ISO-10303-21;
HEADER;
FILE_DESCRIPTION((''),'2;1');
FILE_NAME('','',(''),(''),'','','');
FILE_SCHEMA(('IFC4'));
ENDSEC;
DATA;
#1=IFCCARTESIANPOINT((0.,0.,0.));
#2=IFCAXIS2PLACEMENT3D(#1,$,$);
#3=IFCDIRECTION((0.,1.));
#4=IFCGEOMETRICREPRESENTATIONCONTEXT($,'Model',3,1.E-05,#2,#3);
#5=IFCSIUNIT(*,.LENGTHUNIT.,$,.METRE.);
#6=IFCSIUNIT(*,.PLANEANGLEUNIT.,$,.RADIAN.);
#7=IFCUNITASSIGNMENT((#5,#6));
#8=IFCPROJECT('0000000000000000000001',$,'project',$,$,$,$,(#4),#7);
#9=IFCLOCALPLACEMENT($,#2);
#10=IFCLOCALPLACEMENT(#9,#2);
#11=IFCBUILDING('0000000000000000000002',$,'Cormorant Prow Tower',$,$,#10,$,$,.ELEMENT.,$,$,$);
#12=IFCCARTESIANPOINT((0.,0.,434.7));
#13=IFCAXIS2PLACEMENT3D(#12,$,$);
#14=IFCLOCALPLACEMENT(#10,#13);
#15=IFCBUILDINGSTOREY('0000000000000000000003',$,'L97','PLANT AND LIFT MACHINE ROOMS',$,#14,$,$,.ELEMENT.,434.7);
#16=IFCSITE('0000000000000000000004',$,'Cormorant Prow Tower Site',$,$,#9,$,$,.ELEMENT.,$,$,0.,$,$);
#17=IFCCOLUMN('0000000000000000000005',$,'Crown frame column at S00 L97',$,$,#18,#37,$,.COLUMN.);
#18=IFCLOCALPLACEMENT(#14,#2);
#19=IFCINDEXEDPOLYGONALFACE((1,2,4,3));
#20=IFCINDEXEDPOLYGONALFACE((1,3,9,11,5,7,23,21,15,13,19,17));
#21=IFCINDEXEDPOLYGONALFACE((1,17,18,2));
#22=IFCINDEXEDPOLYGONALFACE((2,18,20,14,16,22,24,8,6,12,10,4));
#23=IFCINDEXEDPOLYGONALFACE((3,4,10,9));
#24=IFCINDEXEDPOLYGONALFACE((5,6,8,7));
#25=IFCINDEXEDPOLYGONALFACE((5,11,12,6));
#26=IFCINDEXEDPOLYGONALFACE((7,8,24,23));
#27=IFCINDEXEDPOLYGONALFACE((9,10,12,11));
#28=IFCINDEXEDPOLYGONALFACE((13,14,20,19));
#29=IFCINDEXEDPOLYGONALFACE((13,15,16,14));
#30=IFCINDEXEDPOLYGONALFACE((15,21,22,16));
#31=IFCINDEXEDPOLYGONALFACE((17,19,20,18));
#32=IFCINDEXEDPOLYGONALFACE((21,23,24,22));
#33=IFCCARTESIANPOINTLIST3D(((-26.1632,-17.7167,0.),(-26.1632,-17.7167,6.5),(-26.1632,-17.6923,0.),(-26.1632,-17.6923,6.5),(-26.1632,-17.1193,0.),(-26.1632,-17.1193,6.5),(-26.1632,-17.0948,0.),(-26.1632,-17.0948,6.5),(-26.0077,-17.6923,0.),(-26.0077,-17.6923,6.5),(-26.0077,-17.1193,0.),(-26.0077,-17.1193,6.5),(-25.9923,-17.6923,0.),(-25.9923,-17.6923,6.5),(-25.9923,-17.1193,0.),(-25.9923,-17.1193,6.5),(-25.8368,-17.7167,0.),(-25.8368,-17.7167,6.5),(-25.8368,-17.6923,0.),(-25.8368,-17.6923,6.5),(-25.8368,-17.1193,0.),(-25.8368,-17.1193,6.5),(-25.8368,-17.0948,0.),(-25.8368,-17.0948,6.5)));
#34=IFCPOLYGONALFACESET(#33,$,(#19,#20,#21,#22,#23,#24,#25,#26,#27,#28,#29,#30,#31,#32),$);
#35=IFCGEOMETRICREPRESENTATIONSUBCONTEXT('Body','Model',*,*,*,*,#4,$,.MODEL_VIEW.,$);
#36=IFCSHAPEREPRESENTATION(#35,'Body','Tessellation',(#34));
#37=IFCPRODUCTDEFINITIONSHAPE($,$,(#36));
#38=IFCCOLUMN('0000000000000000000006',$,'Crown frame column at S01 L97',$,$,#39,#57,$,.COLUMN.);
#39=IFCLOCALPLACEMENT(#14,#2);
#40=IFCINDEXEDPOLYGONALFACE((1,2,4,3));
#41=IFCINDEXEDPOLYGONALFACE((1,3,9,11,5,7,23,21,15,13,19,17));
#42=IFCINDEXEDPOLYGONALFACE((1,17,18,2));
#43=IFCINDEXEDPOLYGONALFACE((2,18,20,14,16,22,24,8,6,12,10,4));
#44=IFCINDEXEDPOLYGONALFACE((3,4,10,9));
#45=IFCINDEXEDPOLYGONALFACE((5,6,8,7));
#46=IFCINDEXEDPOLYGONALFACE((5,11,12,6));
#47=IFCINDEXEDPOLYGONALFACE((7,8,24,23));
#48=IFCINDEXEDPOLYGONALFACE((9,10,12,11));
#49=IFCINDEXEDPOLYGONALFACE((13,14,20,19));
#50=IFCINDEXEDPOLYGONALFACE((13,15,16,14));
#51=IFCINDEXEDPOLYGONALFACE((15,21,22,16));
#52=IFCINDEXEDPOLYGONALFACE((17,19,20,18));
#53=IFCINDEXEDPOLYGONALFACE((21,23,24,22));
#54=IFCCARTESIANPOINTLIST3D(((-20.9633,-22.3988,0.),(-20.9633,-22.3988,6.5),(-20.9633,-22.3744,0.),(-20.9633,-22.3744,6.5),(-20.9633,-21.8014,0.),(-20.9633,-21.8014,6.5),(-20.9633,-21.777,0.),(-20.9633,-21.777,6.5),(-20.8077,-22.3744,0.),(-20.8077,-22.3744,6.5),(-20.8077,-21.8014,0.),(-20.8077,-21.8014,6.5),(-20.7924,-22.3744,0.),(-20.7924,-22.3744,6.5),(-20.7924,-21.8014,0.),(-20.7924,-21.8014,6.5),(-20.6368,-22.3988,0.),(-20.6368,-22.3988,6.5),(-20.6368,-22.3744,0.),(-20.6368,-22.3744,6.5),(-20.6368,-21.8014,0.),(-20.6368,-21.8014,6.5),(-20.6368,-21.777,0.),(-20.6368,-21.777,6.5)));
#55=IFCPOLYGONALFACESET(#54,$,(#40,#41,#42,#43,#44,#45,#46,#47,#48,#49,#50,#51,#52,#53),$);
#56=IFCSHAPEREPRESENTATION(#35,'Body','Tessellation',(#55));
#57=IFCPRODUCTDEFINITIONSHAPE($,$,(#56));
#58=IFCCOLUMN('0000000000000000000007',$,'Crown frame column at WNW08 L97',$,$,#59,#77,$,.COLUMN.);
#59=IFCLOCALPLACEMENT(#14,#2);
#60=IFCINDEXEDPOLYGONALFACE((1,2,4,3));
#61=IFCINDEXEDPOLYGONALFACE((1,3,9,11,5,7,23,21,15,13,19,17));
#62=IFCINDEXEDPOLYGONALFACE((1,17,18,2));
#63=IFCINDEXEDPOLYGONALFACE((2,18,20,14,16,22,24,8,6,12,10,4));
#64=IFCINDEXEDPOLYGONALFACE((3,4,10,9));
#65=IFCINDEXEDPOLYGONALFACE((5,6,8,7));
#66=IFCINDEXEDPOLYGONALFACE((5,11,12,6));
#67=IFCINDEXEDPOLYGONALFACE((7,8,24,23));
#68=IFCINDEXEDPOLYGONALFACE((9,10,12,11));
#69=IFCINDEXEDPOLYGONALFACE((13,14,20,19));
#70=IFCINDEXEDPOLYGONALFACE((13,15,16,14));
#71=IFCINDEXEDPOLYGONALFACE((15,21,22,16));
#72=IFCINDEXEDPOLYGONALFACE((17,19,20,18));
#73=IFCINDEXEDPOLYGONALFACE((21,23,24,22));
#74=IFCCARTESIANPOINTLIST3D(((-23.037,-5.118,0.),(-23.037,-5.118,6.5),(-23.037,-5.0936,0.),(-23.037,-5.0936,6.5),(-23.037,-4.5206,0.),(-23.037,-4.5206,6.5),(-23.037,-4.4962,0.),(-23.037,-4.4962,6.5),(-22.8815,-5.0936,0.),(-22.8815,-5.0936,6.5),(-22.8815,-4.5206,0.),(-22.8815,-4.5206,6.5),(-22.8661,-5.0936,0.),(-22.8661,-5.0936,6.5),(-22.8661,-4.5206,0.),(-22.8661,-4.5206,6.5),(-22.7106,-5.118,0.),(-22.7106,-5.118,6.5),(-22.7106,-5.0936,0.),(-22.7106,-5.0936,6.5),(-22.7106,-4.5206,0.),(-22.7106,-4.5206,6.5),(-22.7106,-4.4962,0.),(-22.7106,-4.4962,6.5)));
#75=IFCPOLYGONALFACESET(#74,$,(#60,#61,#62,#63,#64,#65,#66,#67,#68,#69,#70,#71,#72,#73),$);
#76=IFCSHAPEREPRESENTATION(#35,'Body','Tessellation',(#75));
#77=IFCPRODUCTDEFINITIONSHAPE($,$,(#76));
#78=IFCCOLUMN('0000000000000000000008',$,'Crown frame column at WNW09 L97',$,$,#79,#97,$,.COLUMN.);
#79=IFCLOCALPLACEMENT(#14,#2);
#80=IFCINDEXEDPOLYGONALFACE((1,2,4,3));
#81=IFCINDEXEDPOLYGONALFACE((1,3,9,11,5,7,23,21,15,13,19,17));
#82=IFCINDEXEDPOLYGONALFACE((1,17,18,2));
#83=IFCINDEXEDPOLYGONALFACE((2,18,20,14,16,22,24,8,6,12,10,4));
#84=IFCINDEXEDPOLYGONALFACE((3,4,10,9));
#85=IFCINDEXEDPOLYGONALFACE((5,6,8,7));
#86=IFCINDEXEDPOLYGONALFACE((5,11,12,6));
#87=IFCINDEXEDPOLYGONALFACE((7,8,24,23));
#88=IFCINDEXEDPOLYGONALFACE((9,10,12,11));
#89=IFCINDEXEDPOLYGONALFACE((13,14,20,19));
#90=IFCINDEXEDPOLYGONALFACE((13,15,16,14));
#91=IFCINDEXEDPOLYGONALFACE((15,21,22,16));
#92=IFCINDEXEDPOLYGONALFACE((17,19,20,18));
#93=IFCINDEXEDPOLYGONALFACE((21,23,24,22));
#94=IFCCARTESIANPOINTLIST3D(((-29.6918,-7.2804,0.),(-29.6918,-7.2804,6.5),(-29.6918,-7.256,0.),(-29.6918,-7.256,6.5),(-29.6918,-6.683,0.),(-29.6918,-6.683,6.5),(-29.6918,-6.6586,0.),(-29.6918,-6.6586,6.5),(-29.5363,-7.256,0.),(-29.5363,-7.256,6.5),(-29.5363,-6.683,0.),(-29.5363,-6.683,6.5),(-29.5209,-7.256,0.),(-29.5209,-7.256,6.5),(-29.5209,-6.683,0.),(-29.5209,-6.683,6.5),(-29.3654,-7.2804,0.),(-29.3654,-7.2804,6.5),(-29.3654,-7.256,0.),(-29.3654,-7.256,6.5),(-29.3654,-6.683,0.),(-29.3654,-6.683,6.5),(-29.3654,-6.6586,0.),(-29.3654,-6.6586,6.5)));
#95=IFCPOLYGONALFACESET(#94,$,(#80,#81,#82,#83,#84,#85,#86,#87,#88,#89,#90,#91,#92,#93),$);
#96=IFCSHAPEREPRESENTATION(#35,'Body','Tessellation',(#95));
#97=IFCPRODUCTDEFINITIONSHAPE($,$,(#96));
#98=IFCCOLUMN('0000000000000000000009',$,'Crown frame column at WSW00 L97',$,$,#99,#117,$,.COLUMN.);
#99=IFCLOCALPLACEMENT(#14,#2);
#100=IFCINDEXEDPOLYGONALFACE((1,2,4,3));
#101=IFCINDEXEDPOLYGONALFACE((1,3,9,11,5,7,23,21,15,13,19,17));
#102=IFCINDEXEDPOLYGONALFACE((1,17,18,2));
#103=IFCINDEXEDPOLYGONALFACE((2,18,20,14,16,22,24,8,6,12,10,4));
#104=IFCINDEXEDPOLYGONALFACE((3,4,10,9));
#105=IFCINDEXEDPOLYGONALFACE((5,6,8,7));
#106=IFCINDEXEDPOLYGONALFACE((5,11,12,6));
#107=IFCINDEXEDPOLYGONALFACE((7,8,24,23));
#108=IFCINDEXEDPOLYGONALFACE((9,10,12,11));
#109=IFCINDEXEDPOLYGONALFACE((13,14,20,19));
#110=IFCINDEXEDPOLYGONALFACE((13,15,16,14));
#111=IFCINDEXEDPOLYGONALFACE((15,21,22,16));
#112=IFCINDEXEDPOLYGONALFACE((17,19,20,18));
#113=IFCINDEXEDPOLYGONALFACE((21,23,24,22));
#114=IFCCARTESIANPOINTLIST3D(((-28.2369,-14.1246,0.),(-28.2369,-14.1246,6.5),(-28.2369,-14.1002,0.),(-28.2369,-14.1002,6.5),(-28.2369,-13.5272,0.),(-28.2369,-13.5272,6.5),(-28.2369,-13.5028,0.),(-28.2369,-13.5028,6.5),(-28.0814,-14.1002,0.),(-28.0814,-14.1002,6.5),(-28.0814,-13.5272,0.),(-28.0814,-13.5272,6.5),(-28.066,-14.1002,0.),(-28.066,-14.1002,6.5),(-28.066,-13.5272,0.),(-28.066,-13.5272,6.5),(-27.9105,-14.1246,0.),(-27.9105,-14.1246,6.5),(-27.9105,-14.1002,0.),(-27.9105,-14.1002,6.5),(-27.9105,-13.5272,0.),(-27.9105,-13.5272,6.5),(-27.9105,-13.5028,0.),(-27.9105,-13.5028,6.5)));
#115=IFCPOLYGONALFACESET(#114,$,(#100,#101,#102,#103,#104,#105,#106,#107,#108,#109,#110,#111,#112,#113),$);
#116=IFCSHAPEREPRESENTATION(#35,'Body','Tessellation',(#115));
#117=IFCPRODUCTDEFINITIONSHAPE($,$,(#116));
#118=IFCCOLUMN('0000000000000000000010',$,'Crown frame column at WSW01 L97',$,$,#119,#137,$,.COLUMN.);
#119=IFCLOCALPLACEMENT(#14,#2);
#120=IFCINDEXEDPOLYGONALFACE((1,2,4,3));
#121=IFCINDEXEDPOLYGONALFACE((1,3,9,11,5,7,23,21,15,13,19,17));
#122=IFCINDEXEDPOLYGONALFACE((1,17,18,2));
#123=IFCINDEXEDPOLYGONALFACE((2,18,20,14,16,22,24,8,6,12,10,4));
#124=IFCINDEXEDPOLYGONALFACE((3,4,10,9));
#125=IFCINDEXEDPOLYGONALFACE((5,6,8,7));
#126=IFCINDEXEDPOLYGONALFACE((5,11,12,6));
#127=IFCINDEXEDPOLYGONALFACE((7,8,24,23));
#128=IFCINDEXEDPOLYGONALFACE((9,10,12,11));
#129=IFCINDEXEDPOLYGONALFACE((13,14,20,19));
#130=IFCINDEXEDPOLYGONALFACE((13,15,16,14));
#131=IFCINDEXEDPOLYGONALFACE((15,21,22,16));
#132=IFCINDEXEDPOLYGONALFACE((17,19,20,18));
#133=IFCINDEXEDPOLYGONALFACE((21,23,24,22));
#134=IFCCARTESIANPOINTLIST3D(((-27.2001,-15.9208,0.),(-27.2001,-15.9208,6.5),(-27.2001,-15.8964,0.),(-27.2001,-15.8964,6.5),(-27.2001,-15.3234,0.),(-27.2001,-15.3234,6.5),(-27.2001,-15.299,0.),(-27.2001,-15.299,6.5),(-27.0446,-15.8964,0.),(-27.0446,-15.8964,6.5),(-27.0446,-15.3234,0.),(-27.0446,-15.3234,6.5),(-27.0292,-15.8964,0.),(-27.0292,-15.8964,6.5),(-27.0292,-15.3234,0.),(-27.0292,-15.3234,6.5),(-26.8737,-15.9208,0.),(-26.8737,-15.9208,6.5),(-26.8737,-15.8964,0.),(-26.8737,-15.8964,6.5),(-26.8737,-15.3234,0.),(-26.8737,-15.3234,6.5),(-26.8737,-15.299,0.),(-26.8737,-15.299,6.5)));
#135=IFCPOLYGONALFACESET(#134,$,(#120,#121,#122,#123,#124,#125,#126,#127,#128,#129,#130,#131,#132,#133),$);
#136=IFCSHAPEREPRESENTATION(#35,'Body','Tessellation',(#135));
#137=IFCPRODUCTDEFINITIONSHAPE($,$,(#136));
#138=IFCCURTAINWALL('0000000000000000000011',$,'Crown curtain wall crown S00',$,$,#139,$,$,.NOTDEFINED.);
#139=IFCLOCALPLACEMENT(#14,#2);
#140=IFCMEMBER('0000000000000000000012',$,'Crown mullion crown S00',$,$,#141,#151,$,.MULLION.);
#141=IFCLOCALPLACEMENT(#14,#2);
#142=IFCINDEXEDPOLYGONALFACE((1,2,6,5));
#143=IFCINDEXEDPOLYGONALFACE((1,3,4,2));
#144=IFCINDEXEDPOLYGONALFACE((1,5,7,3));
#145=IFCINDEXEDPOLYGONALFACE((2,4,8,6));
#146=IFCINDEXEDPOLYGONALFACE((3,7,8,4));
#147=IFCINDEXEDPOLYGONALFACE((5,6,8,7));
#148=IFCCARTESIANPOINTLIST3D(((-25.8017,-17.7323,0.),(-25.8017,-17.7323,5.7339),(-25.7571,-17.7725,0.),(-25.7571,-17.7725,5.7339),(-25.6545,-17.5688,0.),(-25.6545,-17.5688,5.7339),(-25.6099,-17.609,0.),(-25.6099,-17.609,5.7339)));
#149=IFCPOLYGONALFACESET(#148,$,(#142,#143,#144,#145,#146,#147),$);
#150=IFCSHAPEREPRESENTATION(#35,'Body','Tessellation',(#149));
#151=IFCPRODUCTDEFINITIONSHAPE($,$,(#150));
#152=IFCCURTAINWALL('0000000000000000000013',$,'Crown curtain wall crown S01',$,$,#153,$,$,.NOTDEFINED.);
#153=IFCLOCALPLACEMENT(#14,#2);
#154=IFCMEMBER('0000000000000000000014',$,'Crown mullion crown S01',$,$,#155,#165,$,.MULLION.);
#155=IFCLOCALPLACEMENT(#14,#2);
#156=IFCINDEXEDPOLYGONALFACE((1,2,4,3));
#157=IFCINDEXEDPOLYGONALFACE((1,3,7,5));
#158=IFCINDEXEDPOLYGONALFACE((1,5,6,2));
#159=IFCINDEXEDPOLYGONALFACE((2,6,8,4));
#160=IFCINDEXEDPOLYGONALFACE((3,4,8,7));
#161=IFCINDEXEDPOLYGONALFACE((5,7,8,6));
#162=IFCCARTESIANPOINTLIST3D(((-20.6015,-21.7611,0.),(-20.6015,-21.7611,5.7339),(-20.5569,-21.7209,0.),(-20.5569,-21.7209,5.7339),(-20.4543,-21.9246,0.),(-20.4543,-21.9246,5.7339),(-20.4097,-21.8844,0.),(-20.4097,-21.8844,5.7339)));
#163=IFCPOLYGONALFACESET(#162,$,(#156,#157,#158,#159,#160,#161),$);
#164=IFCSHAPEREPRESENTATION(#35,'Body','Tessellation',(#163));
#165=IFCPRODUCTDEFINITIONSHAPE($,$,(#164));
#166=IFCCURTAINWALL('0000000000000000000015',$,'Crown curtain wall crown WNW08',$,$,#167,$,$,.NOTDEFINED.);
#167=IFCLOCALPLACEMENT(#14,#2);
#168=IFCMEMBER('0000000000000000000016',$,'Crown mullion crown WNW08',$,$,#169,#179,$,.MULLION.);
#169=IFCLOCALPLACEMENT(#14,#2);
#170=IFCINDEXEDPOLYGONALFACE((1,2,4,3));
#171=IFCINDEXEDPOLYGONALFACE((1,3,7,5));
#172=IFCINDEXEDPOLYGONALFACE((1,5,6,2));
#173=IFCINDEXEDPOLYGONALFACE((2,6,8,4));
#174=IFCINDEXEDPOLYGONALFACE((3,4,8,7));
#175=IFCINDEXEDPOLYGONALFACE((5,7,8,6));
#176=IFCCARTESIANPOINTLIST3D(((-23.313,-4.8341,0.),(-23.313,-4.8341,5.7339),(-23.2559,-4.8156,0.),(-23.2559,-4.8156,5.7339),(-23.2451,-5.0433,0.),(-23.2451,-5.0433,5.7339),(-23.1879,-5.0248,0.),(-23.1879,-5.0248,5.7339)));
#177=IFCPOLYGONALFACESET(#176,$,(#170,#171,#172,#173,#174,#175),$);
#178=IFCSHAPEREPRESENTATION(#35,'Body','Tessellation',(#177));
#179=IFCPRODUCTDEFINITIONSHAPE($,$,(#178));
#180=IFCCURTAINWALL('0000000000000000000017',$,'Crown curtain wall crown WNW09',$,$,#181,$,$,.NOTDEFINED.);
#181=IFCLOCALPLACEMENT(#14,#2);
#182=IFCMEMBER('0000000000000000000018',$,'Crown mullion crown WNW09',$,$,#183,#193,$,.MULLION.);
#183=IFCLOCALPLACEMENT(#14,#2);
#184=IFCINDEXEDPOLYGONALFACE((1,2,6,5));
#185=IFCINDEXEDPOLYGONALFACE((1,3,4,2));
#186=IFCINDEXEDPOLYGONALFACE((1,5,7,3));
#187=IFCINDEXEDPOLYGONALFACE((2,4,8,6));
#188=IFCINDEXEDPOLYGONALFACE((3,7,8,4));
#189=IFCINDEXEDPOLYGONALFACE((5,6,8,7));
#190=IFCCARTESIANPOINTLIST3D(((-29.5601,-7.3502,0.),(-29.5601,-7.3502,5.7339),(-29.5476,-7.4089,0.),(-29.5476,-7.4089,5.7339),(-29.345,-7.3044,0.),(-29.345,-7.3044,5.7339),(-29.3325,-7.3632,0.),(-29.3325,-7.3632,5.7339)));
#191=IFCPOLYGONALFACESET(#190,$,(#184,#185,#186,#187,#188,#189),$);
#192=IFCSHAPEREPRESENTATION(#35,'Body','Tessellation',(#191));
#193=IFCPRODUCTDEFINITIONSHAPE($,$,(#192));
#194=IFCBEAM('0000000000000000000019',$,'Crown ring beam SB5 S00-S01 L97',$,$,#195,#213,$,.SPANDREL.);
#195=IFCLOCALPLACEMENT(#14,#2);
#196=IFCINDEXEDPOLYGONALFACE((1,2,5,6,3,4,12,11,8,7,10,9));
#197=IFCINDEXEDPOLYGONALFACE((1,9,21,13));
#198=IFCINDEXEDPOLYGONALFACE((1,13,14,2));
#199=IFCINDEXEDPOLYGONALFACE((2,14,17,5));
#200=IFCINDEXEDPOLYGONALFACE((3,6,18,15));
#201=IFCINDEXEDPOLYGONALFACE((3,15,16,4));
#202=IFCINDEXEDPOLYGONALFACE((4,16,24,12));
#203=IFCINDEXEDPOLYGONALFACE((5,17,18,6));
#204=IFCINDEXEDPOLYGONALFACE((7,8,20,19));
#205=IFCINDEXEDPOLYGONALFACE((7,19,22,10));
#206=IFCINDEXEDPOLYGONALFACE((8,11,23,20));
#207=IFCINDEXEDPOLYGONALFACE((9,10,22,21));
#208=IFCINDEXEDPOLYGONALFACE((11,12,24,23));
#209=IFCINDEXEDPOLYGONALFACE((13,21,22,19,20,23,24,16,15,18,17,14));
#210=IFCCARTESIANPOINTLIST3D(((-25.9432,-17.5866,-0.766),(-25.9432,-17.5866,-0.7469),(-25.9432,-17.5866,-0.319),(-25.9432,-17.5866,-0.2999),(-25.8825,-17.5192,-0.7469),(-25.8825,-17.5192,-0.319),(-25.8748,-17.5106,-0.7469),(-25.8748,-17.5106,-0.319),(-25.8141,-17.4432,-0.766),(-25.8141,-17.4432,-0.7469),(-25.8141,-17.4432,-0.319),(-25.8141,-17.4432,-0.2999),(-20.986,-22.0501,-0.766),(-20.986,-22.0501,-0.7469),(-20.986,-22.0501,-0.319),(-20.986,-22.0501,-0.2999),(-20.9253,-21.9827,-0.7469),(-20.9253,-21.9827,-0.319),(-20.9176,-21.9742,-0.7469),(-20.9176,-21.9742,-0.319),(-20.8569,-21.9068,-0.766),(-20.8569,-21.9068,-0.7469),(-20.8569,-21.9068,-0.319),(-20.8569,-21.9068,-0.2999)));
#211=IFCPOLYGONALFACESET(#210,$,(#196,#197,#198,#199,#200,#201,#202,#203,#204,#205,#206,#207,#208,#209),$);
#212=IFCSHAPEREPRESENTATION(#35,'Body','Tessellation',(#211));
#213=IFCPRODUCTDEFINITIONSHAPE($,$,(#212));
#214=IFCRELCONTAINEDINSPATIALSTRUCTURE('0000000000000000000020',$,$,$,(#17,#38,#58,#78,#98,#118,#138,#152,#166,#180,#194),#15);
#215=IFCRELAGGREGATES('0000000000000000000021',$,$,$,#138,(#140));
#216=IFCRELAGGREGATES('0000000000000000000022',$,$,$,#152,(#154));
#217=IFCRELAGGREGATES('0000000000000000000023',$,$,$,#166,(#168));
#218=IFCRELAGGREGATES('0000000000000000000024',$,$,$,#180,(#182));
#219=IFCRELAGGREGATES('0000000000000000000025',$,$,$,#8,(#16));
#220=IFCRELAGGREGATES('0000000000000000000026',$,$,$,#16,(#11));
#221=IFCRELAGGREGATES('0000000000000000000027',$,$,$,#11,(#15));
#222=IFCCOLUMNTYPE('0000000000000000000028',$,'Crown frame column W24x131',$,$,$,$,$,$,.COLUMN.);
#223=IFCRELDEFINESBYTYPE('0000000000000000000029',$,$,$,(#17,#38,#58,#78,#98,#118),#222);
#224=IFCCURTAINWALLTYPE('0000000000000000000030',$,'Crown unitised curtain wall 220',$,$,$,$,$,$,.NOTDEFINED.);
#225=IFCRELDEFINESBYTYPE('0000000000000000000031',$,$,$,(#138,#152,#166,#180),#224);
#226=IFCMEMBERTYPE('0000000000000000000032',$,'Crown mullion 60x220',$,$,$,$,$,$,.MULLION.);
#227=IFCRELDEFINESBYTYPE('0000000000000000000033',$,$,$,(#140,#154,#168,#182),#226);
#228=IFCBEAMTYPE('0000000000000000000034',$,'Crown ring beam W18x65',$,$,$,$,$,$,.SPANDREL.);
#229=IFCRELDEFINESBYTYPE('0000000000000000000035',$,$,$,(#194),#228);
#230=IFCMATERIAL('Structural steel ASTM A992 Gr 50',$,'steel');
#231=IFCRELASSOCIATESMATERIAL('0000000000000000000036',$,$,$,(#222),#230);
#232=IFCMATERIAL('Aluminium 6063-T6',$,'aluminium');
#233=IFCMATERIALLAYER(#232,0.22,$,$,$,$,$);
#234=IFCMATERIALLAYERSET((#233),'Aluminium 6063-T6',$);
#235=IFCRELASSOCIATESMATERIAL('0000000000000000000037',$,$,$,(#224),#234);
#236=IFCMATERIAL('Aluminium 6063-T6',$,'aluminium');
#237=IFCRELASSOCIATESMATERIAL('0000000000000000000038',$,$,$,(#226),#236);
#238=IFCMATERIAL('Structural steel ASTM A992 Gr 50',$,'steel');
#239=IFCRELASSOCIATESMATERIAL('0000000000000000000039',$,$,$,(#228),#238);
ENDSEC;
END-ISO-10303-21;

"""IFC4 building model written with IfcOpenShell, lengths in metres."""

from ifc_helpers import new_model, si_unit, direction, frame, origin, origin_2d, place, context, subcontext, project, spatial, rectangle, i_section, extrude, material, layer, layer_set, material_profile, profile_set, type_object, element, aggregate, save


model = new_model("IFC4")

# Units and contexts
model_context = context("Model", 3, precision=1e-05, world=origin(), true_north=direction((0.0, 1.0)))
body_context = subcontext(model_context, "Body", "Model", "MODEL_VIEW")
ifc_project = project(units=[si_unit("LENGTHUNIT", "METRE"), si_unit("PLANEANGLEUNIT", "RADIAN")], contexts=[model_context])

# Site, building, storey
site_placement = place(None, origin())
site = spatial("IfcSite", under=ifc_project, at=site_placement, Name="Cormorant Prow Tower Site", CompositionType="ELEMENT", RefElevation=0.0)
building_placement = place(site_placement, origin())
building = spatial("IfcBuilding", under=site, at=building_placement, Name="Cormorant Prow Tower", CompositionType="ELEMENT")
storey_placement = place(building_placement, frame((0.0, 0.0, 434.7)))
storey = spatial("IfcBuildingStorey", under=building, at=storey_placement, Name="L97", Description="PLANT AND LIFT MACHINE ROOMS", CompositionType="ELEMENT", Elevation=434.7)

# Columns
ifc_material_1 = material(Name="Structural steel ASTM A992 Gr 50", Category="steel")
ifc_material_profile_1 = material_profile(ifc_material_1, i_section(OverallWidth=0.3264, OverallDepth=0.6218, WebThickness=0.0154, FlangeThickness=0.0244, at=origin_2d()), Name="W24x131")
ifc_profile_set_1 = profile_set([ifc_material_profile_1], Name="Structural steel ASTM A992 Gr 50")
column_type = type_object("IfcColumnType", Name="Crown frame column W24x131", PredefinedType="COLUMN", material=ifc_profile_set_1)
for number, where, z_axis, x_axis, name in (
    (1, (-26.0, -17.4058, 0.0), (0.0, 0.0, 1.0), (1.0, 0.0, 0.0), "Crown frame column at S00 L97"),
    (2, (-20.8, -22.0879, 0.0), (0.0, 0.0, 1.0), (1.0, 0.0, 0.0), "Crown frame column at S01 L97"),
    (3, (-22.8738, -4.8071, 0.0), (0.0, 0.0, 1.0), (1.0, 0.0, 0.0), "Crown frame column at WNW08 L97"),
    (4, (-29.5286, -6.9695, 0.0), (0.0, 0.0, 1.0), (1.0, 0.0, 0.0), "Crown frame column at WNW09 L97"),
    (5, (-28.0737, -13.8137, 0.0), (0.0, 0.0, 1.0), (1.0, 0.0, 0.0), "Crown frame column at WSW00 L97"),
    (6, (-27.0369, -15.6099, 0.0), (0.0, 0.0, 1.0), (1.0, 0.0, 0.0), "Crown frame column at WSW01 L97"),
):
    element("IfcColumn", number, at=place(storey_placement, frame(where, z_axis=z_axis, x_axis=x_axis)), inside=storey, type_object=column_type, Name=name, PredefinedType="COLUMN", context=body_context, shape_type="SweptSolid", body=[
        extrude(i_section(OverallWidth=0.3264, OverallDepth=0.6218, WebThickness=0.0154, FlangeThickness=0.0244, at=origin_2d()), origin(), (0.0, 0.0, 1.0), 6.5),
    ])

# Curtain walls, members
ifc_material_2 = material(Name="Aluminium 6063-T6", Category="aluminium")
ifc_layer_1 = layer(ifc_material_2, 0.22)
ifc_layer_set_1 = layer_set([ifc_layer_1], Name="Aluminium 6063-T6")
curtain_wall_type = type_object("IfcCurtainWallType", Name="Crown unitised curtain wall 220", PredefinedType="NOTDEFINED", material=ifc_layer_set_1)
curtain_wall_1_placement = place(storey_placement, origin())
curtain_wall_1 = element("IfcCurtainWall", 7, at=curtain_wall_1_placement, inside=storey, type_object=curtain_wall_type, Name="Crown curtain wall crown S00", PredefinedType="NOTDEFINED")
ifc_material_3 = material(Name="Aluminium 6063-T6", Category="aluminium")
ifc_material_profile_2 = material_profile(ifc_material_3, rectangle(XDim=0.22, YDim=0.0601, at=origin_2d()), Name="Crown mullion 60x220")
ifc_profile_set_2 = profile_set([ifc_material_profile_2], Name="Aluminium 6063-T6")
member_type_1 = type_object("IfcMemberType", Name="Crown mullion 60x220", PredefinedType="MULLION", material=ifc_profile_set_2)
member_1_placement = place(storey_placement, frame((-25.7058, -17.6707, 0.0), z_axis=(0.0, 0.0, 1.0), x_axis=(0.669131, 0.743145, 0.0)))
member_1 = element("IfcMember", 8, at=member_1_placement, type_object=member_type_1, Name="Crown mullion crown S00", PredefinedType="MULLION", context=body_context, shape_type="SweptSolid", body=[
    extrude(rectangle(XDim=0.22, YDim=0.0601, at=origin_2d()), origin(), (0.0, 0.0, 1.0), 5.7339),
])
curtain_wall_2_placement = place(storey_placement, origin())
curtain_wall_2 = element("IfcCurtainWall", 9, at=curtain_wall_2_placement, inside=storey, type_object=curtain_wall_type, Name="Crown curtain wall crown S01", PredefinedType="NOTDEFINED")
member_2_placement = place(storey_placement, frame((-20.5056, -21.8228, 0.0), z_axis=(0.0, 0.0, 1.0), x_axis=(-0.669131, 0.743145, 0.0)))
member_2 = element("IfcMember", 10, at=member_2_placement, type_object=member_type_1, Name="Crown mullion crown S01", PredefinedType="MULLION", context=body_context, shape_type="SweptSolid", body=[
    extrude(rectangle(XDim=0.22, YDim=0.0601, at=origin_2d()), origin(), (0.0, 0.0, 1.0), 5.7339),
])
curtain_wall_3_placement = place(storey_placement, origin())
curtain_wall_3 = element("IfcCurtainWall", 11, at=curtain_wall_3_placement, inside=storey, type_object=curtain_wall_type, Name="Crown curtain wall crown WNW08", PredefinedType="NOTDEFINED")
member_3_placement = place(storey_placement, frame((-23.2505, -4.9294, 0.0), z_axis=(0.0, 0.0, 1.0), x_axis=(0.309017, -0.951057, 0.0)))
member_3 = element("IfcMember", 12, at=member_3_placement, type_object=member_type_1, Name="Crown mullion crown WNW08", PredefinedType="MULLION", context=body_context, shape_type="SweptSolid", body=[
    extrude(rectangle(XDim=0.22, YDim=0.0601, at=origin_2d()), origin(), (0.0, 0.0, 1.0), 5.7339),
])
curtain_wall_4_placement = place(storey_placement, origin())
curtain_wall_4 = element("IfcCurtainWall", 13, at=curtain_wall_4_placement, inside=storey, type_object=curtain_wall_type, Name="Crown curtain wall crown WNW09", PredefinedType="NOTDEFINED")
member_4_placement = place(storey_placement, frame((-29.4463, -7.3567, 0.0), z_axis=(0.0, 0.0, 1.0), x_axis=(0.978148, 0.207912, 0.0)))
member_4 = element("IfcMember", 14, at=member_4_placement, type_object=member_type_1, Name="Crown mullion crown WNW09", PredefinedType="MULLION", context=body_context, shape_type="SweptSolid", body=[
    extrude(rectangle(XDim=0.22, YDim=0.0601, at=origin_2d()), origin(), (0.0, 0.0, 1.0), 5.7339),
])

# Beam
ifc_material_4 = material(Name="Structural steel ASTM A992 Gr 50", Category="steel")
ifc_material_profile_3 = material_profile(ifc_material_4, i_section(OverallWidth=0.1929, OverallDepth=0.4661, WebThickness=0.0115, FlangeThickness=0.019, at=origin_2d()), Name="W18x65")
ifc_profile_set_3 = profile_set([ifc_material_profile_3], Name="Structural steel ASTM A992 Gr 50")
beam_type = type_object("IfcBeamType", Name="Crown ring beam W18x65", PredefinedType="SPANDREL", material=ifc_profile_set_3)
for number, where, z_axis, x_axis, name in (
    (15, (-25.8787, -17.5149, -0.533), (0.743139, -0.669137, 0.0), (0.669137, 0.743139, 0.0), "Crown ring beam SB5 S00-S01 L97"),
):
    element("IfcBeam", number, at=place(storey_placement, frame(where, z_axis=z_axis, x_axis=x_axis)), inside=storey, type_object=beam_type, Name=name, PredefinedType="SPANDREL", context=body_context, shape_type="SweptSolid", body=[
        extrude(i_section(OverallWidth=0.1929, OverallDepth=0.4661, WebThickness=0.0115, FlangeThickness=0.019, at=origin_2d()), origin(), (0.0, 0.0, 1.0), 6.6707),
    ])

aggregate(curtain_wall_1, [member_1])
aggregate(curtain_wall_2, [member_2])
aggregate(curtain_wall_3, [member_3])
aggregate(curtain_wall_4, [member_4])

save(model, "model.ifc")
